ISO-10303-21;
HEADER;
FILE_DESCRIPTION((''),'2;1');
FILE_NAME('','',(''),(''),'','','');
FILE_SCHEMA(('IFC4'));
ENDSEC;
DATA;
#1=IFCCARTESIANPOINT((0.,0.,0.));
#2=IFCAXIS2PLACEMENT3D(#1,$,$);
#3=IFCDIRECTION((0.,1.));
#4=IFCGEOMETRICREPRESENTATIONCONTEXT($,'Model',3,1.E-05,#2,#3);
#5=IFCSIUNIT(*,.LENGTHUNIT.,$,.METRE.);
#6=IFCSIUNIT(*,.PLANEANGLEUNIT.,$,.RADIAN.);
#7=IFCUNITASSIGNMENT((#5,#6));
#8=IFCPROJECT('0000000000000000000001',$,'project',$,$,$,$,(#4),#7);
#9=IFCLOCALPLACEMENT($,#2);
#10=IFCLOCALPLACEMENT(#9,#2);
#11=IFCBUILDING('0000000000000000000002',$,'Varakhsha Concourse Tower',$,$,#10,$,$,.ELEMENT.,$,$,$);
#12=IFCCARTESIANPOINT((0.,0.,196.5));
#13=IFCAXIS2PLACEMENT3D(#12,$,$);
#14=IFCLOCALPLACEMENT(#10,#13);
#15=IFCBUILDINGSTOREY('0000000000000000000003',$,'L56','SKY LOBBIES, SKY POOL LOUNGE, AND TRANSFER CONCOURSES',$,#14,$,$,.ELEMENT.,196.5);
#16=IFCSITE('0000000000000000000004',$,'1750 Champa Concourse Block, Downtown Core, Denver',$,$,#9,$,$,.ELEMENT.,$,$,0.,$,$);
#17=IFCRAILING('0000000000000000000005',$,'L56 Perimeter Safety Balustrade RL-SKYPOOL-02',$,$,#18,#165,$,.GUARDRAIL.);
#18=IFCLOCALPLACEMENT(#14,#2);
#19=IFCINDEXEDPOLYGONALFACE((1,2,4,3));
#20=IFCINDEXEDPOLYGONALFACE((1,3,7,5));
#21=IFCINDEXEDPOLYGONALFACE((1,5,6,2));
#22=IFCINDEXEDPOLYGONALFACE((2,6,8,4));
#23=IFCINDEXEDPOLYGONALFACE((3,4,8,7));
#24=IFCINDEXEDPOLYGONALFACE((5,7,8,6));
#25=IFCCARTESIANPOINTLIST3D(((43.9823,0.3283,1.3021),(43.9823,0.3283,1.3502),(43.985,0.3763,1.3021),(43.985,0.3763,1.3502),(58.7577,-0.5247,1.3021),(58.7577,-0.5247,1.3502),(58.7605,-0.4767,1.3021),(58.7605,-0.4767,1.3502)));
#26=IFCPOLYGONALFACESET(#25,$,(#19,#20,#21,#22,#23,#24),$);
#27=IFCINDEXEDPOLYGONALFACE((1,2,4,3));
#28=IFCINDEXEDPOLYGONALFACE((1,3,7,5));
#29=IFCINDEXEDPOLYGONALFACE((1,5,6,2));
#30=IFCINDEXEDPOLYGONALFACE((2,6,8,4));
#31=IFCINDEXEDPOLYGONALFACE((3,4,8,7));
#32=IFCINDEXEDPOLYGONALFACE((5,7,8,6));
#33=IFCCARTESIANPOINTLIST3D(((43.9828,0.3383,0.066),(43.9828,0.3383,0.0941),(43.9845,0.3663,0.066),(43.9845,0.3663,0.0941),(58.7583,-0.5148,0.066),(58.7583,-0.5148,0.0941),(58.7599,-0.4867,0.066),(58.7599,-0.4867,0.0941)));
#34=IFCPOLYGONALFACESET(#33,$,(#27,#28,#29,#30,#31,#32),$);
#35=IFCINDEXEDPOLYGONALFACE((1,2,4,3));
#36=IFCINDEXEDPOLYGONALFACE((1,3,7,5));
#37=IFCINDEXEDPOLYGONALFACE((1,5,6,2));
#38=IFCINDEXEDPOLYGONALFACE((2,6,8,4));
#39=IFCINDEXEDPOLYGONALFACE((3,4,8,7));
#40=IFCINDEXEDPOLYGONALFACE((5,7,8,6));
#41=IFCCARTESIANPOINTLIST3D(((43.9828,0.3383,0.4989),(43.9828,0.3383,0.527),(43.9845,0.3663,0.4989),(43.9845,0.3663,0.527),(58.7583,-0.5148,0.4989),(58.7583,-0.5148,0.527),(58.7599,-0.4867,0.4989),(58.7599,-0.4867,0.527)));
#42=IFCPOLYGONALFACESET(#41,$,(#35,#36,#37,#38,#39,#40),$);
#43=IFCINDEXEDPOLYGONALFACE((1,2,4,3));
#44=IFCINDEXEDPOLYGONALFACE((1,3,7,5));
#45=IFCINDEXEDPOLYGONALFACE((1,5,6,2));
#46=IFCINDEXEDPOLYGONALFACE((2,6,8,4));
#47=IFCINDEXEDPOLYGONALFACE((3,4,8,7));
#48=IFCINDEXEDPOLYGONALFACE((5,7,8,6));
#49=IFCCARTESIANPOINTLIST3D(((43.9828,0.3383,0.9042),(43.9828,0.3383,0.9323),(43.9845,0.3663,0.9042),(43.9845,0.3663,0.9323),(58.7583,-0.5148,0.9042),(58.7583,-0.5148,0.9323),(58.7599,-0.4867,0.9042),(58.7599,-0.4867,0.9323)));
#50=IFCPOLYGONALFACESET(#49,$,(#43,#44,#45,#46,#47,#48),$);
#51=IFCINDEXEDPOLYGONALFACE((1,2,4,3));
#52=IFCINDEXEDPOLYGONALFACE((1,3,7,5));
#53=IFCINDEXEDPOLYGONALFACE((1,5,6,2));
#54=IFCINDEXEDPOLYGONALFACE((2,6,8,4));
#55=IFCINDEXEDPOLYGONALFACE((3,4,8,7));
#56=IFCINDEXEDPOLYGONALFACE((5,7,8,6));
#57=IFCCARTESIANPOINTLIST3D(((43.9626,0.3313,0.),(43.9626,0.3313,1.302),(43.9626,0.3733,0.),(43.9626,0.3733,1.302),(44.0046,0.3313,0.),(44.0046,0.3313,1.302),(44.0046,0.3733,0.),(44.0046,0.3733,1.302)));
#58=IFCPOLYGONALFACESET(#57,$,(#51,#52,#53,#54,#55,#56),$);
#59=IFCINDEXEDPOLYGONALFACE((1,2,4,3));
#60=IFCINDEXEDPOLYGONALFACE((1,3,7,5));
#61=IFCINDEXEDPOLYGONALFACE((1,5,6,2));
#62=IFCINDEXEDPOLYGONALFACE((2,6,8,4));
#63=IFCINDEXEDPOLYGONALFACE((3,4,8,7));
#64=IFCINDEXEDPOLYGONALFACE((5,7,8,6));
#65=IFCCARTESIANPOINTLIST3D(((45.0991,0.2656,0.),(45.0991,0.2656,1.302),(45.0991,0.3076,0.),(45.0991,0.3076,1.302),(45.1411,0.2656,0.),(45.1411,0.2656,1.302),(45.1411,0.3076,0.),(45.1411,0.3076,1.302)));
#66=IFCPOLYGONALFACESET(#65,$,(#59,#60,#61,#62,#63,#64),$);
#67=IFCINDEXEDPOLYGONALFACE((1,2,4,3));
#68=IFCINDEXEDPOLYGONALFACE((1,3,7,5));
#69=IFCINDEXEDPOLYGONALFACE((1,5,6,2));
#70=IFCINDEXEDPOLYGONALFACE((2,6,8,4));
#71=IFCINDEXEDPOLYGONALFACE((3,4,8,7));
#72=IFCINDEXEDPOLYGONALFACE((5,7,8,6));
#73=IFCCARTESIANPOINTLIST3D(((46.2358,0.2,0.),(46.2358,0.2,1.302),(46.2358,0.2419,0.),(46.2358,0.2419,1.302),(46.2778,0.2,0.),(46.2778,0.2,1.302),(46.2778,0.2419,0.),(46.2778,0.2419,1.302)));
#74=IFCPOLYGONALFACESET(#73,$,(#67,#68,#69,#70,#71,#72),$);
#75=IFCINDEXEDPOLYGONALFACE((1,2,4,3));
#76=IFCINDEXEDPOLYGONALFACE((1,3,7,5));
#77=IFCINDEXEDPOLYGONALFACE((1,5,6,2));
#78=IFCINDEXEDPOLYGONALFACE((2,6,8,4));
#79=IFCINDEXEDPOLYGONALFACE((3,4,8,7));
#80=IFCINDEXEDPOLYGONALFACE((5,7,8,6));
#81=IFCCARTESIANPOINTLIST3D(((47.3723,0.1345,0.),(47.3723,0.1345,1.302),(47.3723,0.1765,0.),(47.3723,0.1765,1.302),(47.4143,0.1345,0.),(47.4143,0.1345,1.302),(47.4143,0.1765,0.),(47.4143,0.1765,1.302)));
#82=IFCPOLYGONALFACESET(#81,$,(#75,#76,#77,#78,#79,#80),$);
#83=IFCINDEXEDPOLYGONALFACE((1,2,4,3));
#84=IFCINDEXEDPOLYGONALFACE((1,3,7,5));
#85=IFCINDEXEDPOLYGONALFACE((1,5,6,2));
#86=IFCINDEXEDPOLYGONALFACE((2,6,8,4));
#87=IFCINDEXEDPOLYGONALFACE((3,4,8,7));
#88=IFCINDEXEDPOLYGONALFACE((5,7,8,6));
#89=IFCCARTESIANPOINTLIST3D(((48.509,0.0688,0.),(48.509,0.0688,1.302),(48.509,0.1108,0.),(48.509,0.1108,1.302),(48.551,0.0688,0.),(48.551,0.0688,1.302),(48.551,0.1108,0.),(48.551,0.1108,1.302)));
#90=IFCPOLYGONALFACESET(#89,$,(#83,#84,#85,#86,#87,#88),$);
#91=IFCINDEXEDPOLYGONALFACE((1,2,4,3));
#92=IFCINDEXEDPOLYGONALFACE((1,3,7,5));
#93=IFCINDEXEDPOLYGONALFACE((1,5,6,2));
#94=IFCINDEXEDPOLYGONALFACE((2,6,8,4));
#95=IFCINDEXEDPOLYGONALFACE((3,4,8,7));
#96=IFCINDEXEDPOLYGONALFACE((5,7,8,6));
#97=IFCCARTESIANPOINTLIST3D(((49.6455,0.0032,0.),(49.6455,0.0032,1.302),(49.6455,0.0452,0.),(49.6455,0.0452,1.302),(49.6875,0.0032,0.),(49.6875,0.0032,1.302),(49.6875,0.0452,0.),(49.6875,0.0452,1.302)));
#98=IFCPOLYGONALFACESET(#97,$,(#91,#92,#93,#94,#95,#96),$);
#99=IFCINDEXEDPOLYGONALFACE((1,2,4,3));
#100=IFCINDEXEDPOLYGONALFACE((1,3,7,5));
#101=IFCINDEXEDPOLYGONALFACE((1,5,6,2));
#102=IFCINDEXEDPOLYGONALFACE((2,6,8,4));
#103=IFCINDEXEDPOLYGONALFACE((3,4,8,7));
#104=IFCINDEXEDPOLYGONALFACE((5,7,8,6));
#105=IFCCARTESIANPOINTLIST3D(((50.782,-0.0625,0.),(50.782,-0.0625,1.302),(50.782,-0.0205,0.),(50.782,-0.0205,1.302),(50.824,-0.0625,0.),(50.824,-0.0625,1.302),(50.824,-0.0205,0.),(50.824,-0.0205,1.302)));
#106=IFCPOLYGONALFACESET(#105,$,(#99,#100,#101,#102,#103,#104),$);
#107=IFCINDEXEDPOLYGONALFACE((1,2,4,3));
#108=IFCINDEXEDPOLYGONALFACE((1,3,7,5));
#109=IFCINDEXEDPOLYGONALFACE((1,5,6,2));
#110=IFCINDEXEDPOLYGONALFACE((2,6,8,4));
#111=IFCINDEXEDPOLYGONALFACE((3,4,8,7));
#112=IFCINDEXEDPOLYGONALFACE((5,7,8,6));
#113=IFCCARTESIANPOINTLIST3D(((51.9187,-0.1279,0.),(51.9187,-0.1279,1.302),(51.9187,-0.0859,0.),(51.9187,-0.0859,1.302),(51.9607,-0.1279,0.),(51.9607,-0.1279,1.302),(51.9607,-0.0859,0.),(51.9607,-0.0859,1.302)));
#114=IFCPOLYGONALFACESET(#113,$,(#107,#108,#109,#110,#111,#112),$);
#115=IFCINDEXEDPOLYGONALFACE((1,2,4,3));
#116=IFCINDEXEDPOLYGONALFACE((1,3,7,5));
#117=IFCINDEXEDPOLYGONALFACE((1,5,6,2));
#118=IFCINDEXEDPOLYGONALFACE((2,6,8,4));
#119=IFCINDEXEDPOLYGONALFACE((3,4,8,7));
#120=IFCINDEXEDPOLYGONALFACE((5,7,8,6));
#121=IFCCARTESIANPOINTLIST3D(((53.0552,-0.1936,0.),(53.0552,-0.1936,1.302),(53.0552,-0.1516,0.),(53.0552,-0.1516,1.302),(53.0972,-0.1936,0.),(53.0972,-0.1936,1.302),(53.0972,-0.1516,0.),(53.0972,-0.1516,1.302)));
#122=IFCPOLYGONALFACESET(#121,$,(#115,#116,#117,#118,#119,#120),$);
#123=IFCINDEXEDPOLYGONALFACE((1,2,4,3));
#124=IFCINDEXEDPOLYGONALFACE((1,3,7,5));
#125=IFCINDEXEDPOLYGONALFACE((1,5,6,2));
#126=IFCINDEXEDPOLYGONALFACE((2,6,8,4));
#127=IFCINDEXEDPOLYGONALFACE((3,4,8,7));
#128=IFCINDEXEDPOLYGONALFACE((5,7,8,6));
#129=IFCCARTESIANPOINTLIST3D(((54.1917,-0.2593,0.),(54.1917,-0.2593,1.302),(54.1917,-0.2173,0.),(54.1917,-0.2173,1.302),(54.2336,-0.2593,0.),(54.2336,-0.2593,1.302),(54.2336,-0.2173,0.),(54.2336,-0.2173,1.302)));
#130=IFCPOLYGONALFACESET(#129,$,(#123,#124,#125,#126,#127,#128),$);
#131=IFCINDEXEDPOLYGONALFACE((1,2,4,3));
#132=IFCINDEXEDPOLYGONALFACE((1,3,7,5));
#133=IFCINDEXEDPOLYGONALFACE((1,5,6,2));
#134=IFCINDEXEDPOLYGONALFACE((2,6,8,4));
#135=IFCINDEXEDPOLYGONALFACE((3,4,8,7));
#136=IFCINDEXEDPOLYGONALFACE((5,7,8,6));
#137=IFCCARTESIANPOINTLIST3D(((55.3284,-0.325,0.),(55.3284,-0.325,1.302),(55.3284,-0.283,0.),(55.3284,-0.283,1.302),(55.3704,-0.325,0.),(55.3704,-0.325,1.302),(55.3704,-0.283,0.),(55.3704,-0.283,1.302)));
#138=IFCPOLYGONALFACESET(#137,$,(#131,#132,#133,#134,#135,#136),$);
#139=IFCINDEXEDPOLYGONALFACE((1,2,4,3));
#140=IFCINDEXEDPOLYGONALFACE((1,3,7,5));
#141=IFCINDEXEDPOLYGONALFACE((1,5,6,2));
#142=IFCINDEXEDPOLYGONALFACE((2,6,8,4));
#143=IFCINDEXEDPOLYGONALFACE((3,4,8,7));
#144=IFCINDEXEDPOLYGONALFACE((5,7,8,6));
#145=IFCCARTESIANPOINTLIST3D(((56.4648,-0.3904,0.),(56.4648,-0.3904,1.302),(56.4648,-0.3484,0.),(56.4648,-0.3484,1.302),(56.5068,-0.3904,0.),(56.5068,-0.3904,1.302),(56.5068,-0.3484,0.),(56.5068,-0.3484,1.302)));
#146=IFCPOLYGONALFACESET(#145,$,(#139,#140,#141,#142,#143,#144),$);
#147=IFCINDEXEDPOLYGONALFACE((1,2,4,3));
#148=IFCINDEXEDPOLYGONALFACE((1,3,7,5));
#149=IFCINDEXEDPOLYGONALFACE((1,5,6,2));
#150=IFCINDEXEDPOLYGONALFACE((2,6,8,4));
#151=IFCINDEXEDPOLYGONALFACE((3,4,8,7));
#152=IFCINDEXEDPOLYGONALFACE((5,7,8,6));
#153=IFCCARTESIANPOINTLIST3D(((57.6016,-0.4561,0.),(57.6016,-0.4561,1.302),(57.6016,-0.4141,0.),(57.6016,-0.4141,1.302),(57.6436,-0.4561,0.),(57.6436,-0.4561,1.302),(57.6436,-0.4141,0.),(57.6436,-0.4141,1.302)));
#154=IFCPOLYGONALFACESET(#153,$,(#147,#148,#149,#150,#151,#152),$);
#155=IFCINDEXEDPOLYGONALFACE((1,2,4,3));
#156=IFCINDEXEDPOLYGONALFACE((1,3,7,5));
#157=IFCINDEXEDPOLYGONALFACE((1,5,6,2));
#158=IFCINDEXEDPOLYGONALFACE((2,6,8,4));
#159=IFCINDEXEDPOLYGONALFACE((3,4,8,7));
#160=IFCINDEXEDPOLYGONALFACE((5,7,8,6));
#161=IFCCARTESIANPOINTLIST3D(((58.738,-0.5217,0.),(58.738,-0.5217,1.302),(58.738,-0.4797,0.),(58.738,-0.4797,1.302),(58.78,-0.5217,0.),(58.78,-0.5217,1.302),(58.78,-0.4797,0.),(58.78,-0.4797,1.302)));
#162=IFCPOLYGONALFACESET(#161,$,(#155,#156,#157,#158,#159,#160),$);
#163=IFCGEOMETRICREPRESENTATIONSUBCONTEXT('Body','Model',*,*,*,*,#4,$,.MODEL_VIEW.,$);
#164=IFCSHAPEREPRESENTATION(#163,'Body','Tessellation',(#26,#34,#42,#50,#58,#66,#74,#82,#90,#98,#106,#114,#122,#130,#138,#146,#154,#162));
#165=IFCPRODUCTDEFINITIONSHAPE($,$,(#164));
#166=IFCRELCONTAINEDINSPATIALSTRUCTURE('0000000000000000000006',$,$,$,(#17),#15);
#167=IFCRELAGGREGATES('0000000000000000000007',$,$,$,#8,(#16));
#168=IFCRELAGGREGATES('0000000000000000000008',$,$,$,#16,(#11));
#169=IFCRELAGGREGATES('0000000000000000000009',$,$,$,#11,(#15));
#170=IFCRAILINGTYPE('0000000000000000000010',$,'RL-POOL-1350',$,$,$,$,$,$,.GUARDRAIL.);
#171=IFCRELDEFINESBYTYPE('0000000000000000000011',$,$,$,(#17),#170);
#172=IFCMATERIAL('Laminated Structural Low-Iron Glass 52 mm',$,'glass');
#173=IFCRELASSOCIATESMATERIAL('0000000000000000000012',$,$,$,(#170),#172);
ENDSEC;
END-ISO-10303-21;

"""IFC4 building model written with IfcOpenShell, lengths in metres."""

from ifc_helpers import new_model, si_unit, direction, frame, origin, origin_2d, place, context, subcontext, project, spatial, rectangle, extrude, material, type_object, element, save


model = new_model("IFC4")

# Units and contexts
model_context = context("Model", 3, precision=1e-05, world=origin(), true_north=direction((0.0, 1.0)))
body_context = subcontext(model_context, "Body", "Model", "MODEL_VIEW")
ifc_project = project(units=[si_unit("LENGTHUNIT", "METRE"), si_unit("PLANEANGLEUNIT", "RADIAN")], contexts=[model_context])

# Site, building, storey
site_placement = place(None, origin())
site = spatial("IfcSite", under=ifc_project, at=site_placement, Name="1750 Champa Concourse Block, Downtown Core, Denver", CompositionType="ELEMENT", RefElevation=0.0)
building_placement = place(site_placement, origin())
building = spatial("IfcBuilding", under=site, at=building_placement, Name="Varakhsha Concourse Tower", CompositionType="ELEMENT")
storey_placement = place(building_placement, frame((0.0, 0.0, 196.5)))
storey = spatial("IfcBuildingStorey", under=building, at=storey_placement, Name="L56", Description="SKY LOBBIES, SKY POOL LOUNGE, AND TRANSFER CONCOURSES", CompositionType="ELEMENT", Elevation=196.5)

# Railing
ifc_material_1 = material(Name="Laminated Structural Low-Iron Glass 52 mm", Category="glass")
railing_type = type_object("IfcRailingType", Name="RL-POOL-1350", PredefinedType="GUARDRAIL", material=ifc_material_1)
railing_1_placement = place(storey_placement, frame((43.9836, 0.3523, 0.0)))
element("IfcRailing", 1, at=railing_1_placement, inside=storey, type_object=railing_type, Name="L56 Perimeter Safety Balustrade RL-SKYPOOL-02", PredefinedType="GUARDRAIL", context=body_context, shape_type="SweptSolid", body=[
    extrude(rectangle(XDim=0.0481, YDim=0.0481, at=origin_2d()), frame((0.0, 0.0, 1.3262), z_axis=(0.998338, -0.057637, 0.0), x_axis=(0.057637, 0.998338, 0.0)), (0.0, 0.0, 1.0), 14.8),
    extrude(rectangle(XDim=0.0281, YDim=0.0281, at=origin_2d()), frame((0.0, 0.0, 0.0801), z_axis=(0.998338, -0.057637, 0.0), x_axis=(0.057637, 0.998338, 0.0)), (0.0, 0.0, 1.0), 14.8),
    extrude(rectangle(XDim=0.0281, YDim=0.0281, at=origin_2d()), frame((0.0, 0.0, 0.5129), z_axis=(0.998338, -0.057637, 0.0), x_axis=(0.057637, 0.998338, 0.0)), (0.0, 0.0, 1.0), 14.8),
    extrude(rectangle(XDim=0.0281, YDim=0.0281, at=origin_2d()), frame((0.0, 0.0, 0.9182), z_axis=(0.998338, -0.057637, 0.0), x_axis=(0.057637, 0.998338, 0.0)), (0.0, 0.0, 1.0), 14.8),
    extrude(rectangle(XDim=0.042, YDim=0.042, at=origin_2d()), origin(), (0.0, 0.0, 1.0), 1.302),
    extrude(rectangle(XDim=0.042, YDim=0.042, at=origin_2d()), frame((1.1365, -0.0657, 0.0)), (0.0, 0.0, 1.0), 1.302),
    extrude(rectangle(XDim=0.042, YDim=0.042, at=origin_2d()), frame((2.2732, -0.1313, 0.0)), (0.0, 0.0, 1.0), 1.302),
    extrude(rectangle(XDim=0.042, YDim=0.042, at=origin_2d()), frame((3.4097, -0.1968, 0.0)), (0.0, 0.0, 1.0), 1.302),
    extrude(rectangle(XDim=0.042, YDim=0.042, at=origin_2d()), frame((4.5464, -0.2625, 0.0)), (0.0, 0.0, 1.0), 1.302),
    extrude(rectangle(XDim=0.042, YDim=0.042, at=origin_2d()), frame((5.6829, -0.3281, 0.0)), (0.0, 0.0, 1.0), 1.302),
    extrude(rectangle(XDim=0.042, YDim=0.042, at=origin_2d()), frame((6.8193, -0.3938, 0.0)), (0.0, 0.0, 1.0), 1.302),
    extrude(rectangle(XDim=0.042, YDim=0.042, at=origin_2d()), frame((7.9561, -0.4592, 0.0)), (0.0, 0.0, 1.0), 1.302),
    extrude(rectangle(XDim=0.042, YDim=0.042, at=origin_2d()), frame((9.0925, -0.5249, 0.0)), (0.0, 0.0, 1.0), 1.302),
    extrude(rectangle(XDim=0.042, YDim=0.042, at=origin_2d()), frame((10.229, -0.5906, 0.0)), (0.0, 0.0, 1.0), 1.302),
    extrude(rectangle(XDim=0.042, YDim=0.042, at=origin_2d()), frame((11.3657, -0.6562, 0.0)), (0.0, 0.0, 1.0), 1.302),
    extrude(rectangle(XDim=0.042, YDim=0.042, at=origin_2d()), frame((12.5022, -0.7217, 0.0)), (0.0, 0.0, 1.0), 1.302),
    extrude(rectangle(XDim=0.042, YDim=0.042, at=origin_2d()), frame((13.6389, -0.7874, 0.0)), (0.0, 0.0, 1.0), 1.302),
    extrude(rectangle(XDim=0.042, YDim=0.042, at=origin_2d()), frame((14.7754, -0.853, 0.0)), (0.0, 0.0, 1.0), 1.302),
])

save(model, "model.ifc")
